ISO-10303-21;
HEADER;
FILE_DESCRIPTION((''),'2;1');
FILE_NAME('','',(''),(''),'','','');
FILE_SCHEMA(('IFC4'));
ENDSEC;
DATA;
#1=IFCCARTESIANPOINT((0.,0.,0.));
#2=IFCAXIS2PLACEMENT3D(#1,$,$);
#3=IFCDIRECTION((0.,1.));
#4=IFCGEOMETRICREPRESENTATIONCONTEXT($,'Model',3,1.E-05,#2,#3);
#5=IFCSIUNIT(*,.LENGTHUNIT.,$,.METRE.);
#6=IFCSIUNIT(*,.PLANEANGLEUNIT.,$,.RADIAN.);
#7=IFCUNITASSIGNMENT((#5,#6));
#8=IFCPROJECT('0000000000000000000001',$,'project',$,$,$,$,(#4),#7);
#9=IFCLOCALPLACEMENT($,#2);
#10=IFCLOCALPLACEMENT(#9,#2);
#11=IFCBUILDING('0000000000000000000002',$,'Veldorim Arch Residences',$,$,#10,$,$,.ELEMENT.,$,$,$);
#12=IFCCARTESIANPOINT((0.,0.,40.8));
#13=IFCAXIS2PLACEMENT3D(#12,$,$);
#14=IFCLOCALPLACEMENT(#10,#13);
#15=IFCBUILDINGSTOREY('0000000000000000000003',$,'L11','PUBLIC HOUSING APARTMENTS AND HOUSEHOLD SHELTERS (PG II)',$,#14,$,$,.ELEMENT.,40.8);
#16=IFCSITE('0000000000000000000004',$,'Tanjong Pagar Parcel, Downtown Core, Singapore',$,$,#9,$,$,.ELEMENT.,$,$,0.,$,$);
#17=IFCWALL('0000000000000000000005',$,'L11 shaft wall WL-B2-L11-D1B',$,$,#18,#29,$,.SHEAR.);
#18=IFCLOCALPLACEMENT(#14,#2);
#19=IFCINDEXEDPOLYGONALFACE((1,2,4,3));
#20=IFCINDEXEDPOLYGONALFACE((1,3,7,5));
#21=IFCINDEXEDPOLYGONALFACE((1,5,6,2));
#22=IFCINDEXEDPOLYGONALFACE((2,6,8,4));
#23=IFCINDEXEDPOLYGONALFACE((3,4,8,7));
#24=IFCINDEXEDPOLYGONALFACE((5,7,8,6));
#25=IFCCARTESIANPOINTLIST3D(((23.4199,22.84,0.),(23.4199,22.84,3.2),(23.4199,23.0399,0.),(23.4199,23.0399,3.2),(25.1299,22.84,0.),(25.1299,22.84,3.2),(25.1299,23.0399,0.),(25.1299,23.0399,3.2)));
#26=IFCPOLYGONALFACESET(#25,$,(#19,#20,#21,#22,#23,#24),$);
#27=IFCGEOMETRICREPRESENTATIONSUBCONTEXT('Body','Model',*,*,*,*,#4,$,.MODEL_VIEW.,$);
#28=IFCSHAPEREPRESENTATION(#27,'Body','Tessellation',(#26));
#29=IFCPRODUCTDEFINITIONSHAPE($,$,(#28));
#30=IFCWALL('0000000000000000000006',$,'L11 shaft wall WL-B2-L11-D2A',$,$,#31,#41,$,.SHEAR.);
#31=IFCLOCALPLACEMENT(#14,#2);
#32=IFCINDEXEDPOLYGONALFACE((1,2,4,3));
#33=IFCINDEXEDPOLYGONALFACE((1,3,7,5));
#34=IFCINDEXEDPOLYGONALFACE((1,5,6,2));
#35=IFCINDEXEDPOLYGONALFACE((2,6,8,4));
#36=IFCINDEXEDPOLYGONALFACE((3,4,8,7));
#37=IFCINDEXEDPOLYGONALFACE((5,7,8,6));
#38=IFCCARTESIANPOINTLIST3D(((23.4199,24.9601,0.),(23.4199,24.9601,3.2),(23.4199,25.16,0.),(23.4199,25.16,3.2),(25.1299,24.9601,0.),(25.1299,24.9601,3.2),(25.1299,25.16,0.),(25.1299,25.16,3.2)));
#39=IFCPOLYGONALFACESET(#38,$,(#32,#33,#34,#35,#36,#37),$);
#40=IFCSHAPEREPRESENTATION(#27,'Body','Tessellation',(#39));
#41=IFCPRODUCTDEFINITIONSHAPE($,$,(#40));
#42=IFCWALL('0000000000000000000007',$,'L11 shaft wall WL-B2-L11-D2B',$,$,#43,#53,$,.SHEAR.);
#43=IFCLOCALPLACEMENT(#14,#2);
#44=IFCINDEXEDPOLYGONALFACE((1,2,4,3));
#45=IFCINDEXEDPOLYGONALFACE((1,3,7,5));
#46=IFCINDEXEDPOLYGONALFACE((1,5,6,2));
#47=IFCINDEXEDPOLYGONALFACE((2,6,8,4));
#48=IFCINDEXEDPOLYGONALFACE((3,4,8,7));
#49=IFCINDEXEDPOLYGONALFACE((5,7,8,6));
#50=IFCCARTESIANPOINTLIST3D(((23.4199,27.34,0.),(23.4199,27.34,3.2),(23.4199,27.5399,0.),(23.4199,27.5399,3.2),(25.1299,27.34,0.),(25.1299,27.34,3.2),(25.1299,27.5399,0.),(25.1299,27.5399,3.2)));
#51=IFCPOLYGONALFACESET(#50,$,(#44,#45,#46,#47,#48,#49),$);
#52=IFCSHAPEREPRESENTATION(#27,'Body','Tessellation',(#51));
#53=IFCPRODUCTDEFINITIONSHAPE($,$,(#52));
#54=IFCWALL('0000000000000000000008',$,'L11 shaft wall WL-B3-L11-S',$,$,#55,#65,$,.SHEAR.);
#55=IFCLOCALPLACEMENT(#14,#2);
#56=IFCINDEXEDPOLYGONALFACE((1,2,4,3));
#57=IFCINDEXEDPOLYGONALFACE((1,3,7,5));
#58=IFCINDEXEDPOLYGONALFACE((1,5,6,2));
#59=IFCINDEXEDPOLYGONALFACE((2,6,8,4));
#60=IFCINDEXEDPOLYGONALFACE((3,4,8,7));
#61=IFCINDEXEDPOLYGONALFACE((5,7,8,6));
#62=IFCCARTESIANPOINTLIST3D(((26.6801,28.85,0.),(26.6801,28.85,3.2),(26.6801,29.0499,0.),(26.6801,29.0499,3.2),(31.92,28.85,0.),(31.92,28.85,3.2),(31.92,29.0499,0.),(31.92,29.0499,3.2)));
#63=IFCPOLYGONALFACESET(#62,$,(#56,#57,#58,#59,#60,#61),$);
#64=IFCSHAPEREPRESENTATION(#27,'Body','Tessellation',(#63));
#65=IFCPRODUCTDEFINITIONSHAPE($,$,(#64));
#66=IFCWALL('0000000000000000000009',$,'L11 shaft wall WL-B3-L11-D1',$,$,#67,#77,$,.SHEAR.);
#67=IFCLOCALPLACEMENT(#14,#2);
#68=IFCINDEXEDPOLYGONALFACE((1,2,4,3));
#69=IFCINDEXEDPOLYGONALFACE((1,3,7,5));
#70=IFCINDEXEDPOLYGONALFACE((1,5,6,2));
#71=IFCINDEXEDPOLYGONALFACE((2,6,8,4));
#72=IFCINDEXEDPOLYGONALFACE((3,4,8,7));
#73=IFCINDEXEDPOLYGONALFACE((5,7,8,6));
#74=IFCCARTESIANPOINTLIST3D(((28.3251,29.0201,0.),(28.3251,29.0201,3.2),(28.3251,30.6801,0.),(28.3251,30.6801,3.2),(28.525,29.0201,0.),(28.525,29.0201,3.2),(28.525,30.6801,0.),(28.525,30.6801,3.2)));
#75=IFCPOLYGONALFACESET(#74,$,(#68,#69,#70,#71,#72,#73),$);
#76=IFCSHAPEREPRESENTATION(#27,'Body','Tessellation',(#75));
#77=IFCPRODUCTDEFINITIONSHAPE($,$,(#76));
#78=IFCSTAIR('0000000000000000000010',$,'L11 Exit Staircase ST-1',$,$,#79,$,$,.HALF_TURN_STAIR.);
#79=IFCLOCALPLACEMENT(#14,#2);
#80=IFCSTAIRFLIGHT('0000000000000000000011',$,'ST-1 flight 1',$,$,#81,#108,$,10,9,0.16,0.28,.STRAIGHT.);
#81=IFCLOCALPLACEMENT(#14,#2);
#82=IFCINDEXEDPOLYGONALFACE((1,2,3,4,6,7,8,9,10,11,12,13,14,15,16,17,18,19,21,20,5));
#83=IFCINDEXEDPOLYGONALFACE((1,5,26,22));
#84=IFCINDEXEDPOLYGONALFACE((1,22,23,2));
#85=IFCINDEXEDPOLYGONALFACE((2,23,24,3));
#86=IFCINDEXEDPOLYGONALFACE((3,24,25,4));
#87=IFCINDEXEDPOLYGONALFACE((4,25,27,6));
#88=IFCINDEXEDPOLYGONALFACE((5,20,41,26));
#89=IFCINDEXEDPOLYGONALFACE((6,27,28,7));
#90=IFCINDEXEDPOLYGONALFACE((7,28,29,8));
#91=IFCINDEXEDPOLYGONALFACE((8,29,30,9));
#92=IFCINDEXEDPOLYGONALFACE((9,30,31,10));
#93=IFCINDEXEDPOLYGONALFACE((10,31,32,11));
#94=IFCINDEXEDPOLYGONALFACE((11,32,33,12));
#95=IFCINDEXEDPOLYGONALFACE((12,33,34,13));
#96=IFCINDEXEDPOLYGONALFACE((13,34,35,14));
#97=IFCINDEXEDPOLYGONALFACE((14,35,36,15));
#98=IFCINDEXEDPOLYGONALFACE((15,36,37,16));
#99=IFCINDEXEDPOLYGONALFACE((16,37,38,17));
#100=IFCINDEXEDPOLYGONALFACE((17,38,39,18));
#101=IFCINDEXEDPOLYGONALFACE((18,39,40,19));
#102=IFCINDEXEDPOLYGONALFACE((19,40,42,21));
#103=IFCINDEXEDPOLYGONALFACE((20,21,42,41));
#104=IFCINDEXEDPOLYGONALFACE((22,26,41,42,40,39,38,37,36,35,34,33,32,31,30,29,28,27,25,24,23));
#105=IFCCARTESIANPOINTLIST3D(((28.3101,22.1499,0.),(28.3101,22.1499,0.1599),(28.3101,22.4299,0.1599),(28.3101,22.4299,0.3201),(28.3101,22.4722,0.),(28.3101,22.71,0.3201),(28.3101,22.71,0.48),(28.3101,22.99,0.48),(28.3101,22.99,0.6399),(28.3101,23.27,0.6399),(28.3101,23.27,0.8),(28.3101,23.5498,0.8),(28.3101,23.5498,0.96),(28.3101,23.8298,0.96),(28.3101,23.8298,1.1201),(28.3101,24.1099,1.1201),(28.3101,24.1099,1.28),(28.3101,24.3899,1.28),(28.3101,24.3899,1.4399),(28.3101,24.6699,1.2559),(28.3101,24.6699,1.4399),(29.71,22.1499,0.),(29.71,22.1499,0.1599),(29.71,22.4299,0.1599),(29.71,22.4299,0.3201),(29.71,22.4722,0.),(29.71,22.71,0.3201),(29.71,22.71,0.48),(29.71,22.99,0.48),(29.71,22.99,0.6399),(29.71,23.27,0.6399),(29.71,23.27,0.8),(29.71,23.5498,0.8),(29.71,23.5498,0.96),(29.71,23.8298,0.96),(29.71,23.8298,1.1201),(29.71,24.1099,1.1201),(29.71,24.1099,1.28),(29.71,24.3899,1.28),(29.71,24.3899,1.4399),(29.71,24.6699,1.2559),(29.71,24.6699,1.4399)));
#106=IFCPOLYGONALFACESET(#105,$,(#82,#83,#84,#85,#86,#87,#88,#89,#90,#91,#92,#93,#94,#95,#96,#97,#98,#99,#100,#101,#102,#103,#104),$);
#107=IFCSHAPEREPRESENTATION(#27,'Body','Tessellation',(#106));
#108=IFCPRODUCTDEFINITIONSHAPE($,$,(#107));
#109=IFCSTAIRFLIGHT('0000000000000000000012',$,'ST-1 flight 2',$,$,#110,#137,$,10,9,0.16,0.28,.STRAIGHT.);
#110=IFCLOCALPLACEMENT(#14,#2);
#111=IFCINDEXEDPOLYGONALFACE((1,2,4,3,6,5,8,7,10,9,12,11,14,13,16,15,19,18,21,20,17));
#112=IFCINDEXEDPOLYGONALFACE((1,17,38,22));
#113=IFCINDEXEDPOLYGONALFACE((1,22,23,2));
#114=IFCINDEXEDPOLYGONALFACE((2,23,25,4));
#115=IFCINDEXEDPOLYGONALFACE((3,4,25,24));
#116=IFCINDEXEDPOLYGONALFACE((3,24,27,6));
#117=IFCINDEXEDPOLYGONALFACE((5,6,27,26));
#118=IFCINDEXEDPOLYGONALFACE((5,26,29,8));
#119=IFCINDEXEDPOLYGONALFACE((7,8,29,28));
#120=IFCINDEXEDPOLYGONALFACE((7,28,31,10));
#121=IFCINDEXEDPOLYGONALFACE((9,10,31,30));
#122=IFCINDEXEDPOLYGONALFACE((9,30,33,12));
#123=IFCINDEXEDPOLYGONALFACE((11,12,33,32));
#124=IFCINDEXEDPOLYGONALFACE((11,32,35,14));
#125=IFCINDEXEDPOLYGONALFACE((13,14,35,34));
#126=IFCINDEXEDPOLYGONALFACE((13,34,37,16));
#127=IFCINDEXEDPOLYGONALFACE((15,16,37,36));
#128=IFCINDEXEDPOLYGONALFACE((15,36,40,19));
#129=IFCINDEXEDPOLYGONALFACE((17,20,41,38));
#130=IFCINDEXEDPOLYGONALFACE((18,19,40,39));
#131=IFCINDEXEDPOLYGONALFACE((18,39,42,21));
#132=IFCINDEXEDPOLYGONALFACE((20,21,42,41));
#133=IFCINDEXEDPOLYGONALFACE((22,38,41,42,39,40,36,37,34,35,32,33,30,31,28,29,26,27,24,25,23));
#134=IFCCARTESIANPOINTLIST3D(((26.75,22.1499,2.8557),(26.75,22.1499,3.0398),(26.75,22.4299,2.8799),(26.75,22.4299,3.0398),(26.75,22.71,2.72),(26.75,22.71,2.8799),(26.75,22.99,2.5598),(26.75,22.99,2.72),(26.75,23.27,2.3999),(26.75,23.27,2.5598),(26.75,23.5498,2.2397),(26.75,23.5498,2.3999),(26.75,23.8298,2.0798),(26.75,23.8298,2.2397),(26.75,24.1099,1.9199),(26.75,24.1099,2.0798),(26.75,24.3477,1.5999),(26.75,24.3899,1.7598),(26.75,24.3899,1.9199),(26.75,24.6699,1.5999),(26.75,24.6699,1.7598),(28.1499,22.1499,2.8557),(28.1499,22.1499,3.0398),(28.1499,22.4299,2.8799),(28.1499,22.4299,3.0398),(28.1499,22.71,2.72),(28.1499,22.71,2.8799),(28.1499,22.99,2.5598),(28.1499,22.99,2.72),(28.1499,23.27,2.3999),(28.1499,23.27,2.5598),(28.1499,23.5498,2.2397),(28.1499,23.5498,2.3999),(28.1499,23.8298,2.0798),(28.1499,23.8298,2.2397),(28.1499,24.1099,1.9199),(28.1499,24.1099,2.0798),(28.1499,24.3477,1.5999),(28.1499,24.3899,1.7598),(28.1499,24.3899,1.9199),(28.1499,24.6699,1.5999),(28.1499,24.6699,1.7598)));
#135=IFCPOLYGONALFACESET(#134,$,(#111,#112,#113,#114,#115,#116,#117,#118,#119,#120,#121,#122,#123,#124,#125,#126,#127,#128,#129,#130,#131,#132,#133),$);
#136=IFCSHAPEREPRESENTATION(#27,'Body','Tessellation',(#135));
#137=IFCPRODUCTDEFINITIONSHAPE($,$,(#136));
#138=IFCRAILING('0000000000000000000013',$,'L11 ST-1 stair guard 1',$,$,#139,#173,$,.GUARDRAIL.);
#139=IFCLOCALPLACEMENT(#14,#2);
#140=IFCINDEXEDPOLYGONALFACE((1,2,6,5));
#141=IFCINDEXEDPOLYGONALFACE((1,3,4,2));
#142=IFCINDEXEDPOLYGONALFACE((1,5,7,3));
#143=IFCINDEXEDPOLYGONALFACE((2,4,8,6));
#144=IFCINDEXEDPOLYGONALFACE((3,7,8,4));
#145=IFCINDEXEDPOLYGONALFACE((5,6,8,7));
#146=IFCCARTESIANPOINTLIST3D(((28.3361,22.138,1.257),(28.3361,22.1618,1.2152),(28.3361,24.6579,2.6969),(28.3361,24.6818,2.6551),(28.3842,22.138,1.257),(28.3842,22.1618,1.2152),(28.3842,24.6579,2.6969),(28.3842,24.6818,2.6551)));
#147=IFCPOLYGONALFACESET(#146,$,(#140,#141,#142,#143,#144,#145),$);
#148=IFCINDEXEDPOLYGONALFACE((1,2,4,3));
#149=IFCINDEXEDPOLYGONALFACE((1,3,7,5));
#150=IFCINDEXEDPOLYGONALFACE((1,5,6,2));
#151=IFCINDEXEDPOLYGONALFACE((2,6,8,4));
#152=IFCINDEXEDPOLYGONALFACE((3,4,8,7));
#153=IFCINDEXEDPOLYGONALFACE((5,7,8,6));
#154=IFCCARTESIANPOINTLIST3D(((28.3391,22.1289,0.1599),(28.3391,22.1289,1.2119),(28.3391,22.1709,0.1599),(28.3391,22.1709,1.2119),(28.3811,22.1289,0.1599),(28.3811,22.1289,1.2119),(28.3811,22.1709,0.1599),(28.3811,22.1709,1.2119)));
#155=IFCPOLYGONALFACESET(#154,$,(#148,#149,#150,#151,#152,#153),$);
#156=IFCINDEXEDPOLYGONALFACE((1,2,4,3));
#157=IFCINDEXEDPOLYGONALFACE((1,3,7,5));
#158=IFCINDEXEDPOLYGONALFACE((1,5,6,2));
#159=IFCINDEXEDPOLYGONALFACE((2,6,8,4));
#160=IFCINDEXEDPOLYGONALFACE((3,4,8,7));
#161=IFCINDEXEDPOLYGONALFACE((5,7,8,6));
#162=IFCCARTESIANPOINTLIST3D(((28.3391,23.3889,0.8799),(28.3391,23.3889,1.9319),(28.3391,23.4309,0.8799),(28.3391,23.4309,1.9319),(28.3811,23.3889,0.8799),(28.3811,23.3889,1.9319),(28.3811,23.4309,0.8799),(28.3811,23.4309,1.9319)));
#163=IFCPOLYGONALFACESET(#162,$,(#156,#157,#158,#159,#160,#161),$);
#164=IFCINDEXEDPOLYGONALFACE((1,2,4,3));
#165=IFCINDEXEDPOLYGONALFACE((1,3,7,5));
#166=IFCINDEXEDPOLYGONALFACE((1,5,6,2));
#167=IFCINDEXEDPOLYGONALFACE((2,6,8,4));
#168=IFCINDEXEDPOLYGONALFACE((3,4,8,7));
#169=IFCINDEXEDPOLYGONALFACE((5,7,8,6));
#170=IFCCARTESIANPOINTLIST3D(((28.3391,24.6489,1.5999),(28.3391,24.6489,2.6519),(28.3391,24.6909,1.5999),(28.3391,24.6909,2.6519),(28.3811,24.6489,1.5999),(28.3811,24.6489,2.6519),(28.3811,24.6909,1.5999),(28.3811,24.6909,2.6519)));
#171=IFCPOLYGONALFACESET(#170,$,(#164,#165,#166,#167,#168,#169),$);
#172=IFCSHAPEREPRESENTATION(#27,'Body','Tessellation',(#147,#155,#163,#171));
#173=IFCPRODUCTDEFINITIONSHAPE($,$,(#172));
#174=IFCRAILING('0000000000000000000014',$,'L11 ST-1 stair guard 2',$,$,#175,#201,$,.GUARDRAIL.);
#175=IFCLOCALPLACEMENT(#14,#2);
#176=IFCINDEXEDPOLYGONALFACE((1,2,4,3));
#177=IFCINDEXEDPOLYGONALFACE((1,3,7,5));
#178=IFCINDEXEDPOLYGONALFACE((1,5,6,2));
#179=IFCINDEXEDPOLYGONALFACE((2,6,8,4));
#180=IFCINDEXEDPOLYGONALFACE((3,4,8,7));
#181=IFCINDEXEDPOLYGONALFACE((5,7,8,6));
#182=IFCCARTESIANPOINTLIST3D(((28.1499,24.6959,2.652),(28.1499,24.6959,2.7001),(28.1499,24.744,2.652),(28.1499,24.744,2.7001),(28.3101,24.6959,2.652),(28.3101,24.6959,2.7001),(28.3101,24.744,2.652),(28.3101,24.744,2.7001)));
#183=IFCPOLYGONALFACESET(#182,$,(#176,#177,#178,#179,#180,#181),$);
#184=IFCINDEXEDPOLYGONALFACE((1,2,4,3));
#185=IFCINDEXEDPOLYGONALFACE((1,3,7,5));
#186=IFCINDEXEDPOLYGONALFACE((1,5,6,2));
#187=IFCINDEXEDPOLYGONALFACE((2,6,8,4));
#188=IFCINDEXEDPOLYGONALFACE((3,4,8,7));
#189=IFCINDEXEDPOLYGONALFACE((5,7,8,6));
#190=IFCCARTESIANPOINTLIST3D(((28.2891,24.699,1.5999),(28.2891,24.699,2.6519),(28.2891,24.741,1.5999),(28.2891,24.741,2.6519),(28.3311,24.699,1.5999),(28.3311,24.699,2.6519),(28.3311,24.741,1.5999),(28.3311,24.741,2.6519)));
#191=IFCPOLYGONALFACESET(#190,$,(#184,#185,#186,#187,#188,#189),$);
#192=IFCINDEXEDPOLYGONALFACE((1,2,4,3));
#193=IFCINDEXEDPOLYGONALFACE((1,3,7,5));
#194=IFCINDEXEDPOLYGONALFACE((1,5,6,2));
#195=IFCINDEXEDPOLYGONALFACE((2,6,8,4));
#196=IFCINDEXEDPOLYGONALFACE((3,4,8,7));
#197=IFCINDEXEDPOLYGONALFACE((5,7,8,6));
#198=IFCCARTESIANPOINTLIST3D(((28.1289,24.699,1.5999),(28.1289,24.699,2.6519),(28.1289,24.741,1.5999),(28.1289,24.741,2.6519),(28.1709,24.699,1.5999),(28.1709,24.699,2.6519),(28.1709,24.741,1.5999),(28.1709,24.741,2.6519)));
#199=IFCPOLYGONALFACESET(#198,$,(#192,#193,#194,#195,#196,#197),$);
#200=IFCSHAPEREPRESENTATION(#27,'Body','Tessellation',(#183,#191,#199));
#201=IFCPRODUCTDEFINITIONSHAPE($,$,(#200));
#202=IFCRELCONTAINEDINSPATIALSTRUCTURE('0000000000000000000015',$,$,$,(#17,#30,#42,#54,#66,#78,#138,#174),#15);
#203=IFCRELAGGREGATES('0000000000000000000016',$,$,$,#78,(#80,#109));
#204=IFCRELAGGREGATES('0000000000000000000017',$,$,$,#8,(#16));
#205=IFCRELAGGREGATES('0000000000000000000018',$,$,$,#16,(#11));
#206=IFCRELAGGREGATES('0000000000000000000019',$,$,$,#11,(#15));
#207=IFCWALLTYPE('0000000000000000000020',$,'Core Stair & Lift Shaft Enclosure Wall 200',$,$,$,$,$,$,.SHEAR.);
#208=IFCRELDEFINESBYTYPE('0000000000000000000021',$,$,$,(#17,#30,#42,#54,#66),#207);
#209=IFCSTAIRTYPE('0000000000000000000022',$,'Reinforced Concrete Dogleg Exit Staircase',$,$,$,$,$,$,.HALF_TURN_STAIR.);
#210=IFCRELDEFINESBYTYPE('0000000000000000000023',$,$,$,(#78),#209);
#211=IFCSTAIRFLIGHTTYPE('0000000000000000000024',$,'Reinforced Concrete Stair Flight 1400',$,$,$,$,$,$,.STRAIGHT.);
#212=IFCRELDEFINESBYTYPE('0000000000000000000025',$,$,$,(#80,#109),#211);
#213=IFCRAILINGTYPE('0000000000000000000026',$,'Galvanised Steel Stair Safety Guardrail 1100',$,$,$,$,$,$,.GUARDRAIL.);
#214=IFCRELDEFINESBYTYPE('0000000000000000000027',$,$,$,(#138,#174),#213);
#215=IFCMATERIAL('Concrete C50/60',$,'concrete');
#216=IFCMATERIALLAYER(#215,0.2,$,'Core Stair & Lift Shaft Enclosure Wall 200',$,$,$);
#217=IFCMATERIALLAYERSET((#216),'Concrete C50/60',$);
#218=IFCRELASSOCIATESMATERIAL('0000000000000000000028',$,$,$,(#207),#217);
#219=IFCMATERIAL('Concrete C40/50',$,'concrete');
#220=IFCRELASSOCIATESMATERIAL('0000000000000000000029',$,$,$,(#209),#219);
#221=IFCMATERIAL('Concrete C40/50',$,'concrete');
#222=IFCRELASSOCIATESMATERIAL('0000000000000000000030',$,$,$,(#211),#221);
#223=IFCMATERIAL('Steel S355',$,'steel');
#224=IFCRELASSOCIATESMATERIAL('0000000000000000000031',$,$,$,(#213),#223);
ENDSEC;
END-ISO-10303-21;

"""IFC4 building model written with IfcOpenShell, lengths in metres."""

from ifc_helpers import new_model, si_unit, direction, frame, frame_2d, origin, origin_2d, place, context, subcontext, project, spatial, polyline, rectangle, outline, extrude, material, layer, layer_set, type_object, element, aggregate, save


model = new_model("IFC4")

# Units and contexts
model_context = context("Model", 3, precision=1e-05, world=origin(), true_north=direction((0.0, 1.0)))
body_context = subcontext(model_context, "Body", "Model", "MODEL_VIEW")
ifc_project = project(units=[si_unit("LENGTHUNIT", "METRE"), si_unit("PLANEANGLEUNIT", "RADIAN")], contexts=[model_context])

# Site, building, storey
site_placement = place(None, origin())
site = spatial("IfcSite", under=ifc_project, at=site_placement, Name="Tanjong Pagar Parcel, Downtown Core, Singapore", CompositionType="ELEMENT", RefElevation=0.0)
building_placement = place(site_placement, origin())
building = spatial("IfcBuilding", under=site, at=building_placement, Name="Veldorim Arch Residences", CompositionType="ELEMENT")
storey_placement = place(building_placement, frame((0.0, 0.0, 40.8)))
storey = spatial("IfcBuildingStorey", under=building, at=storey_placement, Name="L11", Description="PUBLIC HOUSING APARTMENTS AND HOUSEHOLD SHELTERS (PG II)", CompositionType="ELEMENT", Elevation=40.8)

# Walls
ifc_material_1 = material(Name="Concrete C50/60", Category="concrete")
ifc_layer = layer(ifc_material_1, 0.2, Name="Core Stair & Lift Shaft Enclosure Wall 200")
ifc_layer_set = layer_set([ifc_layer], Name="Concrete C50/60")
wall_type = type_object("IfcWallType", Name="Core Stair & Lift Shaft Enclosure Wall 200", PredefinedType="SHEAR", material=ifc_layer_set)
for number, where, z_axis, x_axis, name in (
    (1, (23.4199, 22.9399, 0.0), (0.0, 0.0, 1.0), (1.0, 0.0, 0.0), "L11 shaft wall WL-B2-L11-D1B"),
    (2, (23.4199, 25.0601, 0.0), (0.0, 0.0, 1.0), (1.0, 0.0, 0.0), "L11 shaft wall WL-B2-L11-D2A"),
    (3, (23.4199, 27.4399, 0.0), (0.0, 0.0, 1.0), (1.0, 0.0, 0.0), "L11 shaft wall WL-B2-L11-D2B"),
):
    element("IfcWall", number, at=place(storey_placement, frame(where, z_axis=z_axis, x_axis=x_axis)), inside=storey, type_object=wall_type, Name=name, PredefinedType="SHEAR", context=body_context, shape_type="SweptSolid", body=[
        extrude(rectangle(XDim=1.71, YDim=0.2, at=frame_2d((0.855, 0.0))), origin(), (0.0, 0.0, 1.0), 3.2),
    ])
wall_1_placement = place(storey_placement, frame((26.6799, 28.95, 0.0), z_axis=(0.0, 0.0, 1.0), x_axis=(1.0, 0.0, 0.0)))
element("IfcWall", 4, at=wall_1_placement, inside=storey, type_object=wall_type, Name="L11 shaft wall WL-B3-L11-S", PredefinedType="SHEAR", context=body_context, shape_type="SweptSolid", body=[
    extrude(rectangle(XDim=5.24, YDim=0.2, at=frame_2d((2.6201, 0.0))), origin(), (0.0, 0.0, 1.0), 3.2),
])
wall_2_placement = place(storey_placement, frame((28.425, 29.02, 0.0), z_axis=(0.0, 0.0, 1.0), x_axis=(0.0, 1.0, 0.0)))
element("IfcWall", 5, at=wall_2_placement, inside=storey, type_object=wall_type, Name="L11 shaft wall WL-B3-L11-D1", PredefinedType="SHEAR", context=body_context, shape_type="SweptSolid", body=[
    extrude(rectangle(XDim=1.6599, YDim=0.2, at=frame_2d((0.8301, 0.0))), origin(), (0.0, 0.0, 1.0), 3.2),
])

# Stair, stair flights
ifc_material_2 = material(Name="Concrete C40/50", Category="concrete")
stair_type = type_object("IfcStairType", Name="Reinforced Concrete Dogleg Exit Staircase", PredefinedType="HALF_TURN_STAIR", material=ifc_material_2)
stair_placement = place(storey_placement, origin())
stair = element("IfcStair", 6, at=stair_placement, inside=storey, type_object=stair_type, Name="L11 Exit Staircase ST-1", PredefinedType="HALF_TURN_STAIR")
ifc_material_3 = material(Name="Concrete C40/50", Category="concrete")
stair_flight_type = type_object("IfcStairFlightType", Name="Reinforced Concrete Stair Flight 1400", PredefinedType="STRAIGHT", material=ifc_material_3)
stair_flight_1_placement = place(storey_placement, frame((29.01, 22.1499, 0.0), z_axis=(0.0, 0.0, 1.0), x_axis=(0.0, 1.0, 0.0)))
stair_flight_1 = element("IfcStairFlight", 7, at=stair_flight_1_placement, type_object=stair_flight_type, Name="ST-1 flight 1", NumberOfRisers=10, NumberOfTreads=9, PredefinedType="STRAIGHT", RiserHeight=0.16, TreadLength=0.28, context=body_context, shape_type="SweptSolid", body=[
    extrude(outline(polyline([(0.0, 0.0), (0.0, 0.1599), (0.28, 0.1599), (0.28, 0.3201), (0.5601, 0.3201), (0.5601, 0.48), (0.8401, 0.48), (0.8401, 0.6399), (1.1201, 0.6399), (1.1201, 0.8), (1.3999, 0.8), (1.3999, 0.96), (1.6799, 0.96), (1.6799, 1.1201), (1.96, 1.1201), (1.96, 1.28), (2.24, 1.28), (2.24, 1.4399), (2.52, 1.4399), (2.52, 1.6001), (2.52, 1.2559), (0.3223, 0.0), (0.0, 0.0)])), frame((0.0, 0.7, 0.0), z_axis=(0.0, -1.0, 0.0), x_axis=(1.0, 0.0, 0.0)), (0.0, 0.0, 1.0), 1.3999),
])
stair_flight_2_placement = place(storey_placement, frame((27.45, 24.6699, 1.5999), z_axis=(0.0, 0.0, 1.0), x_axis=(0.0, -1.0, 0.0)))
stair_flight_2 = element("IfcStairFlight", 8, at=stair_flight_2_placement, type_object=stair_flight_type, Name="ST-1 flight 2", NumberOfRisers=10, NumberOfTreads=9, PredefinedType="STRAIGHT", RiserHeight=0.16, TreadLength=0.28, context=body_context, shape_type="SweptSolid", body=[
    extrude(outline(polyline([(0.0, 0.0), (0.0, 0.1599), (0.28, 0.1599), (0.28, 0.3201), (0.5601, 0.3201), (0.5601, 0.48), (0.8401, 0.48), (0.8401, 0.6399), (1.1201, 0.6399), (1.1201, 0.8), (1.3999, 0.8), (1.3999, 0.96), (1.6799, 0.96), (1.6799, 1.1201), (1.96, 1.1201), (1.96, 1.28), (2.24, 1.28), (2.24, 1.4399), (2.52, 1.4399), (2.52, 1.6001), (2.52, 1.2559), (0.3223, 0.0), (0.0, 0.0)])), frame((0.0, 0.7, 0.0), z_axis=(0.0, -1.0, 0.0), x_axis=(1.0, 0.0, 0.0)), (0.0, 0.0, 1.0), 1.3999),
])
aggregate(stair, [stair_flight_1, stair_flight_2])

# Railings
ifc_material_4 = material(Name="Steel S355", Category="steel")
railing_type_1 = type_object("IfcRailingType", Name="Galvanised Steel Stair Safety Guardrail 1100", PredefinedType="GUARDRAIL", material=ifc_material_4)
railing_1_placement = place(storey_placement, frame((28.3601, 22.1499, 0.1599)))
element("IfcRailing", 9, at=railing_1_placement, inside=storey, type_object=railing_type_1, Name="L11 ST-1 stair guard 1", PredefinedType="GUARDRAIL", context=body_context, shape_type="SweptSolid", body=[
    extrude(rectangle(XDim=0.0481, YDim=0.0481, at=origin_2d()), frame((0.0, 0.0, 1.0762), z_axis=(0.0, 0.868253, 0.496121), x_axis=(-1.0, 0.0, 0.0)), (0.0, 0.0, 1.0), 2.9023),
    extrude(rectangle(XDim=0.042, YDim=0.042, at=origin_2d()), origin(), (0.0, 0.0, 1.0), 1.052),
    extrude(rectangle(XDim=0.042, YDim=0.042, at=origin_2d()), frame((0.0, 1.26, 0.72)), (0.0, 0.0, 1.0), 1.052),
    extrude(rectangle(XDim=0.042, YDim=0.042, at=origin_2d()), frame((0.0, 2.52, 1.4399)), (0.0, 0.0, 1.0), 1.052),
])
railing_2_placement = place(storey_placement, frame((28.3101, 24.72, 1.5999)))
element("IfcRailing", 10, at=railing_2_placement, inside=storey, type_object=railing_type_1, Name="L11 ST-1 stair guard 2", PredefinedType="GUARDRAIL", context=body_context, shape_type="SweptSolid", body=[
    extrude(rectangle(XDim=0.0481, YDim=0.0481, at=origin_2d()), frame((0.0, 0.0, 1.0762), z_axis=(-1.0, 0.0, 0.0), x_axis=(0.0, -1.0, 0.0)), (0.0, 0.0, 1.0), 0.1602),
    extrude(rectangle(XDim=0.042, YDim=0.042, at=origin_2d()), origin(), (0.0, 0.0, 1.0), 1.052),
    extrude(rectangle(XDim=0.042, YDim=0.042, at=origin_2d()), frame((-0.1602, 0.0, 0.0)), (0.0, 0.0, 1.0), 1.052),
])

save(model, "model.ifc")
